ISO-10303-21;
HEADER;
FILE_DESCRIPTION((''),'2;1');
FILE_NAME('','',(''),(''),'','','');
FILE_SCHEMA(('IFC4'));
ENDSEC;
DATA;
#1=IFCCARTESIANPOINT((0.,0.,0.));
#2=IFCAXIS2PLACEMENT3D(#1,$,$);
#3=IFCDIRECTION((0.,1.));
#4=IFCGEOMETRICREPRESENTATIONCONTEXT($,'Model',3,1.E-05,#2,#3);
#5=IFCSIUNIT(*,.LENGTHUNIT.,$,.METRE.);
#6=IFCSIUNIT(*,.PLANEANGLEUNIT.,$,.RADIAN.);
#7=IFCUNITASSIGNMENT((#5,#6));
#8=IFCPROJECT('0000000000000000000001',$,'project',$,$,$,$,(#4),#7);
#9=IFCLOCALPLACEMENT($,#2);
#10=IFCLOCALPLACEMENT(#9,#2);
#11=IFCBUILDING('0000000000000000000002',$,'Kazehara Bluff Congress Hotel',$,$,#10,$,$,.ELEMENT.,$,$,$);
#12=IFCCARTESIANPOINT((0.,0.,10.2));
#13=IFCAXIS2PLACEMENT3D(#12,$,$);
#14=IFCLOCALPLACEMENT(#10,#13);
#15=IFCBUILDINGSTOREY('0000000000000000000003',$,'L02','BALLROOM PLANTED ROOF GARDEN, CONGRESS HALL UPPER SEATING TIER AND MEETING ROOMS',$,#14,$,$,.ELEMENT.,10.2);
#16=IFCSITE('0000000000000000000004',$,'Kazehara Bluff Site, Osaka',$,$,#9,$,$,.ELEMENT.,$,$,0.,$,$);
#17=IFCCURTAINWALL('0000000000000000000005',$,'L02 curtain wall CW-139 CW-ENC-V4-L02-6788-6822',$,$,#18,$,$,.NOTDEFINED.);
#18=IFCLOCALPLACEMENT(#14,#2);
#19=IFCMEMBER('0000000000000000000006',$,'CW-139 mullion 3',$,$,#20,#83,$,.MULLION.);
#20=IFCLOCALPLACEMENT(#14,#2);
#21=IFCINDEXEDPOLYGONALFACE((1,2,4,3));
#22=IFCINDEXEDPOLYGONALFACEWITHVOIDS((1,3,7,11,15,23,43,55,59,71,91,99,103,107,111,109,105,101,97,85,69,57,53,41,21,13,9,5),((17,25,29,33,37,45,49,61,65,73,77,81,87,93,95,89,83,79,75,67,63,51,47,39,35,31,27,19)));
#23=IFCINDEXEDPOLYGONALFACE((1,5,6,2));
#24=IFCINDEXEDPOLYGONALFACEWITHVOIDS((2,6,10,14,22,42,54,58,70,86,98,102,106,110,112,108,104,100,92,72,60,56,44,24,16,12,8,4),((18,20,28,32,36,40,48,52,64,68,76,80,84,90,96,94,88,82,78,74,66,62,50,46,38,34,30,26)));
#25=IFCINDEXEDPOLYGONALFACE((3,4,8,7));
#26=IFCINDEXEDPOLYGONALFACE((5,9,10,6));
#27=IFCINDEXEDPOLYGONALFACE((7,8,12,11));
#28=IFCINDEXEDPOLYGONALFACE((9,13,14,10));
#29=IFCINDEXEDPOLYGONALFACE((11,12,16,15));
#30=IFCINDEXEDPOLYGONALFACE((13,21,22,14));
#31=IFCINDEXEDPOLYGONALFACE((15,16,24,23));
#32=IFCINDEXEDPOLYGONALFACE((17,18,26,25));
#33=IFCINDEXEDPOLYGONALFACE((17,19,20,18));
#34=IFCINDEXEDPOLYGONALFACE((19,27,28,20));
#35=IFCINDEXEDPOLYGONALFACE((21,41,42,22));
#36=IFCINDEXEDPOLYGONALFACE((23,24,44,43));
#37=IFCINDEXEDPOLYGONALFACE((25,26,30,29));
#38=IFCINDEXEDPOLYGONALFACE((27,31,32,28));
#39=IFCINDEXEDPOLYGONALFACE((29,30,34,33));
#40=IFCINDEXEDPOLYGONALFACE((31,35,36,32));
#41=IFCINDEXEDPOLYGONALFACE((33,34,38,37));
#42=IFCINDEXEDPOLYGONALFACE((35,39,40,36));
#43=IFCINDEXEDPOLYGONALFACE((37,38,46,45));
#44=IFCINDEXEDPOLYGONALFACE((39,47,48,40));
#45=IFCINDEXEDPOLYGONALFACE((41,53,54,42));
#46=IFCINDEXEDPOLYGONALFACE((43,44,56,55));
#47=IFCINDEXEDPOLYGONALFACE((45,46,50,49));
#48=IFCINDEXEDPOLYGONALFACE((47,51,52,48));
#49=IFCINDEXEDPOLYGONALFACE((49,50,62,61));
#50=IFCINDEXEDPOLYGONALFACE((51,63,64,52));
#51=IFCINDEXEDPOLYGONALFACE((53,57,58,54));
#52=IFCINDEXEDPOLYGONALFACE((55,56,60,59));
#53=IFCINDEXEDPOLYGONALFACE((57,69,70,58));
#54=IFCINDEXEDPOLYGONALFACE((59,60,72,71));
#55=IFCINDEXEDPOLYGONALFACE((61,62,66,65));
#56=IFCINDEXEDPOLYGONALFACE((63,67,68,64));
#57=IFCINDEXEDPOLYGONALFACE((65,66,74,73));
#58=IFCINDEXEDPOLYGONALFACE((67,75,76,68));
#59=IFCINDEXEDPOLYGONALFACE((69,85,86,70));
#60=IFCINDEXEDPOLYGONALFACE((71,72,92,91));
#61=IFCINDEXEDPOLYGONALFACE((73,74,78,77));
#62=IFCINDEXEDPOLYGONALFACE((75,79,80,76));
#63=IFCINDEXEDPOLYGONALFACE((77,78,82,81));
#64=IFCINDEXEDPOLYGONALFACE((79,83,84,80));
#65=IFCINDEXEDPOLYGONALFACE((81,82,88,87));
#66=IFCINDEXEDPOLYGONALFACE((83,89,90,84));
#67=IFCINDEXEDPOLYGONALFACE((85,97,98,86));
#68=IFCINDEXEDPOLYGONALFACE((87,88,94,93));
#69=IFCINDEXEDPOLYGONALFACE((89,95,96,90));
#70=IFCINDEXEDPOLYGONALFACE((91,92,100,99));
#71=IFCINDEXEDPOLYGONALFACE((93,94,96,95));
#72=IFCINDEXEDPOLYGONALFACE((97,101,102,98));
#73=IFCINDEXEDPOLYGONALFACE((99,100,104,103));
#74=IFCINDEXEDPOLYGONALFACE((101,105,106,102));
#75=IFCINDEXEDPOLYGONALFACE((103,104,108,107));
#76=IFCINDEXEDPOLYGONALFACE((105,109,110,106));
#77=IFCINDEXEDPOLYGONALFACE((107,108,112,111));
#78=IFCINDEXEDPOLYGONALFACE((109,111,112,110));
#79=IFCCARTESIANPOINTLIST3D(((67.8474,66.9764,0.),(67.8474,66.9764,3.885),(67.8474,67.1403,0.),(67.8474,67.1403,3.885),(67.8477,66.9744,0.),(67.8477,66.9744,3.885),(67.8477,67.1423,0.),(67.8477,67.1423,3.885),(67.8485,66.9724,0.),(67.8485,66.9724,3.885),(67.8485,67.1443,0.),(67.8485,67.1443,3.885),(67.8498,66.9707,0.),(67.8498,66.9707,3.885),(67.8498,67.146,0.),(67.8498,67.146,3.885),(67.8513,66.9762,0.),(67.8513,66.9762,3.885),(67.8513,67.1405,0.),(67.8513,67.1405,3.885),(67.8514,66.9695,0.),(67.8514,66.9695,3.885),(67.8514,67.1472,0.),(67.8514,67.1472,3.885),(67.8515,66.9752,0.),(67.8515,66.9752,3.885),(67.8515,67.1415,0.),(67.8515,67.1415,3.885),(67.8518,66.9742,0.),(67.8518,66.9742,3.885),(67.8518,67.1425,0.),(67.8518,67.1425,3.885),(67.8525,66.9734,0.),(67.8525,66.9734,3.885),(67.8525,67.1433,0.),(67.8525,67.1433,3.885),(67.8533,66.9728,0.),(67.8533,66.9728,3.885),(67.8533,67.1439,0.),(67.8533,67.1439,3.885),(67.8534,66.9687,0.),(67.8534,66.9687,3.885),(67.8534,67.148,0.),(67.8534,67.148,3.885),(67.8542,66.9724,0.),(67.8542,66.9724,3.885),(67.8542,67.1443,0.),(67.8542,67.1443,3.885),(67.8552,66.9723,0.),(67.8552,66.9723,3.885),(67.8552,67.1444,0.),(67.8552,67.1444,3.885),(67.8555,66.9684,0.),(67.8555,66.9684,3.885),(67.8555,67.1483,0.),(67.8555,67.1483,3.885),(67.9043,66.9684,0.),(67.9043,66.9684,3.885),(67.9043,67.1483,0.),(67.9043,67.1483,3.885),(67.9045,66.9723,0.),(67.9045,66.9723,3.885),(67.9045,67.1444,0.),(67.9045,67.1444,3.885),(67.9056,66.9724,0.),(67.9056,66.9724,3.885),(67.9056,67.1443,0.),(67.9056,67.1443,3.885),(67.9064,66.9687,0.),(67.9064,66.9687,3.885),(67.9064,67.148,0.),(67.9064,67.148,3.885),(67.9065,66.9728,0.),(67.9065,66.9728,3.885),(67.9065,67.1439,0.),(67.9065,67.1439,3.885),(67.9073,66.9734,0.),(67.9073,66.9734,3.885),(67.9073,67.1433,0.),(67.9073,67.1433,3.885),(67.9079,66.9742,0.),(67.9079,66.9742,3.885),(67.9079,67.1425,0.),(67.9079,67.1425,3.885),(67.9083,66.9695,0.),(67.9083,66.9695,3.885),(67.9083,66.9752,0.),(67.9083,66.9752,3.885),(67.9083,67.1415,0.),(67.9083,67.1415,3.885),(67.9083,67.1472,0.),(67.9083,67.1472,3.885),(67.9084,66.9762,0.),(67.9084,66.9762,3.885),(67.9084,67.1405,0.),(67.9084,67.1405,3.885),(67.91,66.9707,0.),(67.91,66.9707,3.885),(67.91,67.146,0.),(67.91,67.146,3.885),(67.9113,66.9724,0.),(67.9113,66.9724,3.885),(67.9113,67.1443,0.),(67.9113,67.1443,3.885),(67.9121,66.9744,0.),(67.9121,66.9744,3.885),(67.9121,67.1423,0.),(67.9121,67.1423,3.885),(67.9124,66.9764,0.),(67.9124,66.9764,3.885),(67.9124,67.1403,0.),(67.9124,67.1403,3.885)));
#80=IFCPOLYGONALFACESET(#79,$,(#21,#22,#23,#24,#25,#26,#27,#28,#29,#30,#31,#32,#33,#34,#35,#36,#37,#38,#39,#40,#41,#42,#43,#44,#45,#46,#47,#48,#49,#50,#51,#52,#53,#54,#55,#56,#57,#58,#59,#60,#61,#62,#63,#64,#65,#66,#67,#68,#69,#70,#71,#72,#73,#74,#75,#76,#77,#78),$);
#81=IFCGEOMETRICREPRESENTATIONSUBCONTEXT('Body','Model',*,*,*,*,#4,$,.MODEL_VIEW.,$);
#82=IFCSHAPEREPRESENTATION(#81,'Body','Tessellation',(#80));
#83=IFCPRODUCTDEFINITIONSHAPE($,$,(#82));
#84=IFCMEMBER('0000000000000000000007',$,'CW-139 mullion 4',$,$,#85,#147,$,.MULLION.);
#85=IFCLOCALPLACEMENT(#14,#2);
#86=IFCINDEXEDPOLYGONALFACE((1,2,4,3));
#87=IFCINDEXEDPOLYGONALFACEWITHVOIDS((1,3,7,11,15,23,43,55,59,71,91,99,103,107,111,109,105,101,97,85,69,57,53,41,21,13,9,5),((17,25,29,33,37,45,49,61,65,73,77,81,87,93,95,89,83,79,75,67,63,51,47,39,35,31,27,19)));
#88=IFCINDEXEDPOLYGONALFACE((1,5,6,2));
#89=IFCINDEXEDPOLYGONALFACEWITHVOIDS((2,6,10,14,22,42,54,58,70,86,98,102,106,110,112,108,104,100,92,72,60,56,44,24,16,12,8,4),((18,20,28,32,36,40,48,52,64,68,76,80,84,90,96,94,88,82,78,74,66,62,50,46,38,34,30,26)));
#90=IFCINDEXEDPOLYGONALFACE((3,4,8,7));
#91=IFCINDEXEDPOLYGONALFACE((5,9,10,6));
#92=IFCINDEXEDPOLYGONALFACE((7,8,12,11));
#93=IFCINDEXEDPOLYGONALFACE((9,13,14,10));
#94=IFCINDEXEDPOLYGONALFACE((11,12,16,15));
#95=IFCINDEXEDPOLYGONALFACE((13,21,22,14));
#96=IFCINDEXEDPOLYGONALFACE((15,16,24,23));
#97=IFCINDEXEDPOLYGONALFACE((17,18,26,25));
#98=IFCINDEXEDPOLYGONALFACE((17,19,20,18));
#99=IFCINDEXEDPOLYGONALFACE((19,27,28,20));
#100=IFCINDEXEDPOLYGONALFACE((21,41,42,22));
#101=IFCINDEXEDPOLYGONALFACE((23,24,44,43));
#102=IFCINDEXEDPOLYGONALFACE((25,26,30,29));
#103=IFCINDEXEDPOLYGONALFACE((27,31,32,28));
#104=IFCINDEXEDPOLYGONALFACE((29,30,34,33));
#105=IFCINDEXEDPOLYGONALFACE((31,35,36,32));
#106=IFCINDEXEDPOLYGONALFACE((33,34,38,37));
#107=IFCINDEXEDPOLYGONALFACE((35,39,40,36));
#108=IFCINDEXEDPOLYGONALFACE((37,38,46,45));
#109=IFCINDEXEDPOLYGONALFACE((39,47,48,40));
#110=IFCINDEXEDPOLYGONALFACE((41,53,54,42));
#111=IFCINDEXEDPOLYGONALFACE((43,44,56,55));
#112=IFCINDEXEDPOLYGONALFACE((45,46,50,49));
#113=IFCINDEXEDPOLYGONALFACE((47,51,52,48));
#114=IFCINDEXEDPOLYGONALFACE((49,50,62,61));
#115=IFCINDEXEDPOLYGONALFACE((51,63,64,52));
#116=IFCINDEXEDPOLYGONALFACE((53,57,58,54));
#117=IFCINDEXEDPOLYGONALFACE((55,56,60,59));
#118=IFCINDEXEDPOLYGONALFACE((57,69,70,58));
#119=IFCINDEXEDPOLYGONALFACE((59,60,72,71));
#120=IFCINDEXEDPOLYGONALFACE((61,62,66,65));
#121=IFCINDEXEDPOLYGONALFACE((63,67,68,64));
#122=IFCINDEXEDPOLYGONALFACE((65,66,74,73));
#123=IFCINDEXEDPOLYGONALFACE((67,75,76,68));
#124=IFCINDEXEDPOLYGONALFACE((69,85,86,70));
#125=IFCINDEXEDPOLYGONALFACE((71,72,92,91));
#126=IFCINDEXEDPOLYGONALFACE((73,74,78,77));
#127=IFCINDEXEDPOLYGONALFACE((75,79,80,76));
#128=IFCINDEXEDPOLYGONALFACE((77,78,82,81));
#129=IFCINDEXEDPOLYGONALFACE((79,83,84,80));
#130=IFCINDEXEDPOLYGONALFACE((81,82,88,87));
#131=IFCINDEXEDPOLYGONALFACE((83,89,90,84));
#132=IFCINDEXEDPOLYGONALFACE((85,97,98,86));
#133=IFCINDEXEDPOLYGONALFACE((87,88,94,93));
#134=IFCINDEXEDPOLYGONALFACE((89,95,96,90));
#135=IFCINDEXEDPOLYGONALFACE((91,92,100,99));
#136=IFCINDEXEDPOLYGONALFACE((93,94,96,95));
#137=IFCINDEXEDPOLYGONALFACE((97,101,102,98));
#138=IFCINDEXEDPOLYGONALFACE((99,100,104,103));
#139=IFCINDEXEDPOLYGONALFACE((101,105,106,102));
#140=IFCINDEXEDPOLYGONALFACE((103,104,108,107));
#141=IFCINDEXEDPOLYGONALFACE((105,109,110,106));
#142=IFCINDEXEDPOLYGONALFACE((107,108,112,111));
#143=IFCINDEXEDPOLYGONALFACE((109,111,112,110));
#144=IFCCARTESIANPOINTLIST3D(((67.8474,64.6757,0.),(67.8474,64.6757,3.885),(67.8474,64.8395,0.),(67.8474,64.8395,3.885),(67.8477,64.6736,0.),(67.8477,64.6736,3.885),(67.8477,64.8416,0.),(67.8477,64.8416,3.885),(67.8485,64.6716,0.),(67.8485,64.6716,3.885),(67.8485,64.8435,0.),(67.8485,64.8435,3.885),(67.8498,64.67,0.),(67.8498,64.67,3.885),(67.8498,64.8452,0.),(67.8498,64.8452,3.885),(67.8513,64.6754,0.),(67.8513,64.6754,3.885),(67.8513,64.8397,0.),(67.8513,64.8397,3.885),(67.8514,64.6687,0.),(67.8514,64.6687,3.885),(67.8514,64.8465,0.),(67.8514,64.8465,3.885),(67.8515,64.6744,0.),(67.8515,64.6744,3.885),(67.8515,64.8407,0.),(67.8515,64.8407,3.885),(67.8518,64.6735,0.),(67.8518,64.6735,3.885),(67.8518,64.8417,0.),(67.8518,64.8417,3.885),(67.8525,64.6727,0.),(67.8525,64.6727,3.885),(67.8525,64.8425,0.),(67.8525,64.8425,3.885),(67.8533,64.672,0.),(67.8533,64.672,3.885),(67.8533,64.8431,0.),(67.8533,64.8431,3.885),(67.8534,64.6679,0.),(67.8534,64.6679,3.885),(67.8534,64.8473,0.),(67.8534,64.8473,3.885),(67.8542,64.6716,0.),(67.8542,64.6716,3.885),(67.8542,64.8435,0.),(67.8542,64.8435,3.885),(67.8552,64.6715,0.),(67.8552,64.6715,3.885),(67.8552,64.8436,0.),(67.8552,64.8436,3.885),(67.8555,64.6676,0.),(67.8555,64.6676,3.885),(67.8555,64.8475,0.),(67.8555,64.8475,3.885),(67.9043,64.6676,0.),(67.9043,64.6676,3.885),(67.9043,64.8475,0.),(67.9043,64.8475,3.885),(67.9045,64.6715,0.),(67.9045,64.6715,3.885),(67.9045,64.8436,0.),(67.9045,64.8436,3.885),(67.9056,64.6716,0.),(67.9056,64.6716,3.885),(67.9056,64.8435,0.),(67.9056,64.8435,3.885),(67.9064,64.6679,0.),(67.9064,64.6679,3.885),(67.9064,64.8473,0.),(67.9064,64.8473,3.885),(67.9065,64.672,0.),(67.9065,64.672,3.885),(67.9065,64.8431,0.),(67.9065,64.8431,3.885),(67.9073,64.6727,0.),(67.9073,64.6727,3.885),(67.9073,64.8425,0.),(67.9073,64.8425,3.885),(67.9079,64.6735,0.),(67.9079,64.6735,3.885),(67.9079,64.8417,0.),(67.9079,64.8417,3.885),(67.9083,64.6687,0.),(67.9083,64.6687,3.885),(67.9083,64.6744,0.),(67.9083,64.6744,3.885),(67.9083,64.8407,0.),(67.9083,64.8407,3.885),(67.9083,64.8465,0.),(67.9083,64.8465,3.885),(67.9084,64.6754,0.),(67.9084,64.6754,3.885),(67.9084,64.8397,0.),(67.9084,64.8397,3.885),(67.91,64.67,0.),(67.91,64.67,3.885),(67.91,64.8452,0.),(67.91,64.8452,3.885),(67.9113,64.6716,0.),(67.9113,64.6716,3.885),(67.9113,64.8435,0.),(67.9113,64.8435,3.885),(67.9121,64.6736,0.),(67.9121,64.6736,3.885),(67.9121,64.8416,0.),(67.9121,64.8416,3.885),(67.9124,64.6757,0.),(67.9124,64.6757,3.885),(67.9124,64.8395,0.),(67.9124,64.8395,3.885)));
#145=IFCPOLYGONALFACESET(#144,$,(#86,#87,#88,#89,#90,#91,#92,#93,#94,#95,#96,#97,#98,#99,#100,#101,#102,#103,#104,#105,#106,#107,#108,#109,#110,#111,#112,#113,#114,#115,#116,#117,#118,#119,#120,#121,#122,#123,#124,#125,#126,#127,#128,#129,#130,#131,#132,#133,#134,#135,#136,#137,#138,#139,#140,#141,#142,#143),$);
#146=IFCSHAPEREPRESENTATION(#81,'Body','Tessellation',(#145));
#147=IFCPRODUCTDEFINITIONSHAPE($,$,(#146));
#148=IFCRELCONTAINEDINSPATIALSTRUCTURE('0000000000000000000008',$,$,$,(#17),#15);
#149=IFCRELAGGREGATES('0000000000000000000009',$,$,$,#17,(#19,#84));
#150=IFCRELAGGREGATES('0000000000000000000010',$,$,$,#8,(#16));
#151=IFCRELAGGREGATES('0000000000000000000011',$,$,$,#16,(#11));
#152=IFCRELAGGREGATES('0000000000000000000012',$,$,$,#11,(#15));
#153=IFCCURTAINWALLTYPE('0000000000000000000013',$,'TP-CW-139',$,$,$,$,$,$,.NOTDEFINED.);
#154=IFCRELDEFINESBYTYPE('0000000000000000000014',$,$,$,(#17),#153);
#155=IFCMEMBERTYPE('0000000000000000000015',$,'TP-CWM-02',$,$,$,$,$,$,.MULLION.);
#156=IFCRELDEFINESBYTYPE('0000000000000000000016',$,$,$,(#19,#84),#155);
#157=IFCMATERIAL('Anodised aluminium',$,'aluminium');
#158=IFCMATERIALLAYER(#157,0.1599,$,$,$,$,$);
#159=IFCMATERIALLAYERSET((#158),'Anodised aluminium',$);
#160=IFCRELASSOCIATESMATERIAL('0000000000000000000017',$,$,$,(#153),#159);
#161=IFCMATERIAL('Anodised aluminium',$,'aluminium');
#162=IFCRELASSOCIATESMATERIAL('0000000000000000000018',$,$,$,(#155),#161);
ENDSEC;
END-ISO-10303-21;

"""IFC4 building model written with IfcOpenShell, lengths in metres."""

from ifc_helpers import new_model, si_unit, direction, frame, origin, origin_2d, place, context, subcontext, project, spatial, hollow_rectangle, extrude, material, layer, layer_set, material_profile, profile_set, type_object, element, aggregate, save


model = new_model("IFC4")

# Units and contexts
model_context = context("Model", 3, precision=1e-05, world=origin(), true_north=direction((0.0, 1.0)))
body_context = subcontext(model_context, "Body", "Model", "MODEL_VIEW")
ifc_project = project(units=[si_unit("LENGTHUNIT", "METRE"), si_unit("PLANEANGLEUNIT", "RADIAN")], contexts=[model_context])

# Site, building, storey
site_placement = place(None, origin())
site = spatial("IfcSite", under=ifc_project, at=site_placement, Name="Kazehara Bluff Site, Osaka", CompositionType="ELEMENT", RefElevation=0.0)
building_placement = place(site_placement, origin())
building = spatial("IfcBuilding", under=site, at=building_placement, Name="Kazehara Bluff Congress Hotel", CompositionType="ELEMENT")
storey_placement = place(building_placement, frame((0.0, 0.0, 10.2)))
storey = spatial("IfcBuildingStorey", under=building, at=storey_placement, Name="L02", Description="BALLROOM PLANTED ROOF GARDEN, CONGRESS HALL UPPER SEATING TIER AND MEETING ROOMS", CompositionType="ELEMENT", Elevation=10.2)

# Curtain wall, members
ifc_material_1 = material(Name="Anodised aluminium", Category="aluminium")
ifc_layer_1 = layer(ifc_material_1, 0.1599)
ifc_layer_set_1 = layer_set([ifc_layer_1], Name="Anodised aluminium")
curtain_wall_type = type_object("IfcCurtainWallType", Name="TP-CW-139", PredefinedType="NOTDEFINED", material=ifc_layer_set_1)
curtain_wall_placement = place(storey_placement, origin())
curtain_wall = element("IfcCurtainWall", 1, at=curtain_wall_placement, inside=storey, type_object=curtain_wall_type, Name="L02 curtain wall CW-139 CW-ENC-V4-L02-6788-6822", PredefinedType="NOTDEFINED")
ifc_material_2 = material(Name="Anodised aluminium", Category="aluminium")
ifc_material_profile_1 = material_profile(ifc_material_2, hollow_rectangle(XDim=0.0649, YDim=0.1799, WallThickness=0.0039, InnerFilletRadius=0.0039, OuterFilletRadius=0.0081, at=origin_2d()))
ifc_profile_set_1 = profile_set([ifc_material_profile_1], Name="Anodised aluminium")
member_type_1 = type_object("IfcMemberType", Name="TP-CWM-02", PredefinedType="MULLION", material=ifc_profile_set_1)
member_1_placement = place(storey_placement, frame((67.8799, 67.0583, 0.0), z_axis=(0.0, 0.0, 1.0), x_axis=(1.0, 0.0, 0.0)))
member_1 = element("IfcMember", 2, at=member_1_placement, type_object=member_type_1, Name="CW-139 mullion 3", PredefinedType="MULLION", context=body_context, shape_type="SweptSolid", body=[
    extrude(hollow_rectangle(XDim=0.0649, YDim=0.1799, WallThickness=0.0039, InnerFilletRadius=0.0039, OuterFilletRadius=0.0081, at=origin_2d()), origin(), (0.0, 0.0, 1.0), 3.885),
])
member_2_placement = place(storey_placement, frame((67.8799, 64.7576, 0.0), z_axis=(0.0, 0.0, 1.0), x_axis=(1.0, 0.0, 0.0)))
member_2 = element("IfcMember", 3, at=member_2_placement, type_object=member_type_1, Name="CW-139 mullion 4", PredefinedType="MULLION", context=body_context, shape_type="SweptSolid", body=[
    extrude(hollow_rectangle(XDim=0.0649, YDim=0.1799, WallThickness=0.0039, InnerFilletRadius=0.0039, OuterFilletRadius=0.0081, at=origin_2d()), origin(), (0.0, 0.0, 1.0), 3.885),
])
aggregate(curtain_wall, [member_1, member_2])

save(model, "model.ifc")
